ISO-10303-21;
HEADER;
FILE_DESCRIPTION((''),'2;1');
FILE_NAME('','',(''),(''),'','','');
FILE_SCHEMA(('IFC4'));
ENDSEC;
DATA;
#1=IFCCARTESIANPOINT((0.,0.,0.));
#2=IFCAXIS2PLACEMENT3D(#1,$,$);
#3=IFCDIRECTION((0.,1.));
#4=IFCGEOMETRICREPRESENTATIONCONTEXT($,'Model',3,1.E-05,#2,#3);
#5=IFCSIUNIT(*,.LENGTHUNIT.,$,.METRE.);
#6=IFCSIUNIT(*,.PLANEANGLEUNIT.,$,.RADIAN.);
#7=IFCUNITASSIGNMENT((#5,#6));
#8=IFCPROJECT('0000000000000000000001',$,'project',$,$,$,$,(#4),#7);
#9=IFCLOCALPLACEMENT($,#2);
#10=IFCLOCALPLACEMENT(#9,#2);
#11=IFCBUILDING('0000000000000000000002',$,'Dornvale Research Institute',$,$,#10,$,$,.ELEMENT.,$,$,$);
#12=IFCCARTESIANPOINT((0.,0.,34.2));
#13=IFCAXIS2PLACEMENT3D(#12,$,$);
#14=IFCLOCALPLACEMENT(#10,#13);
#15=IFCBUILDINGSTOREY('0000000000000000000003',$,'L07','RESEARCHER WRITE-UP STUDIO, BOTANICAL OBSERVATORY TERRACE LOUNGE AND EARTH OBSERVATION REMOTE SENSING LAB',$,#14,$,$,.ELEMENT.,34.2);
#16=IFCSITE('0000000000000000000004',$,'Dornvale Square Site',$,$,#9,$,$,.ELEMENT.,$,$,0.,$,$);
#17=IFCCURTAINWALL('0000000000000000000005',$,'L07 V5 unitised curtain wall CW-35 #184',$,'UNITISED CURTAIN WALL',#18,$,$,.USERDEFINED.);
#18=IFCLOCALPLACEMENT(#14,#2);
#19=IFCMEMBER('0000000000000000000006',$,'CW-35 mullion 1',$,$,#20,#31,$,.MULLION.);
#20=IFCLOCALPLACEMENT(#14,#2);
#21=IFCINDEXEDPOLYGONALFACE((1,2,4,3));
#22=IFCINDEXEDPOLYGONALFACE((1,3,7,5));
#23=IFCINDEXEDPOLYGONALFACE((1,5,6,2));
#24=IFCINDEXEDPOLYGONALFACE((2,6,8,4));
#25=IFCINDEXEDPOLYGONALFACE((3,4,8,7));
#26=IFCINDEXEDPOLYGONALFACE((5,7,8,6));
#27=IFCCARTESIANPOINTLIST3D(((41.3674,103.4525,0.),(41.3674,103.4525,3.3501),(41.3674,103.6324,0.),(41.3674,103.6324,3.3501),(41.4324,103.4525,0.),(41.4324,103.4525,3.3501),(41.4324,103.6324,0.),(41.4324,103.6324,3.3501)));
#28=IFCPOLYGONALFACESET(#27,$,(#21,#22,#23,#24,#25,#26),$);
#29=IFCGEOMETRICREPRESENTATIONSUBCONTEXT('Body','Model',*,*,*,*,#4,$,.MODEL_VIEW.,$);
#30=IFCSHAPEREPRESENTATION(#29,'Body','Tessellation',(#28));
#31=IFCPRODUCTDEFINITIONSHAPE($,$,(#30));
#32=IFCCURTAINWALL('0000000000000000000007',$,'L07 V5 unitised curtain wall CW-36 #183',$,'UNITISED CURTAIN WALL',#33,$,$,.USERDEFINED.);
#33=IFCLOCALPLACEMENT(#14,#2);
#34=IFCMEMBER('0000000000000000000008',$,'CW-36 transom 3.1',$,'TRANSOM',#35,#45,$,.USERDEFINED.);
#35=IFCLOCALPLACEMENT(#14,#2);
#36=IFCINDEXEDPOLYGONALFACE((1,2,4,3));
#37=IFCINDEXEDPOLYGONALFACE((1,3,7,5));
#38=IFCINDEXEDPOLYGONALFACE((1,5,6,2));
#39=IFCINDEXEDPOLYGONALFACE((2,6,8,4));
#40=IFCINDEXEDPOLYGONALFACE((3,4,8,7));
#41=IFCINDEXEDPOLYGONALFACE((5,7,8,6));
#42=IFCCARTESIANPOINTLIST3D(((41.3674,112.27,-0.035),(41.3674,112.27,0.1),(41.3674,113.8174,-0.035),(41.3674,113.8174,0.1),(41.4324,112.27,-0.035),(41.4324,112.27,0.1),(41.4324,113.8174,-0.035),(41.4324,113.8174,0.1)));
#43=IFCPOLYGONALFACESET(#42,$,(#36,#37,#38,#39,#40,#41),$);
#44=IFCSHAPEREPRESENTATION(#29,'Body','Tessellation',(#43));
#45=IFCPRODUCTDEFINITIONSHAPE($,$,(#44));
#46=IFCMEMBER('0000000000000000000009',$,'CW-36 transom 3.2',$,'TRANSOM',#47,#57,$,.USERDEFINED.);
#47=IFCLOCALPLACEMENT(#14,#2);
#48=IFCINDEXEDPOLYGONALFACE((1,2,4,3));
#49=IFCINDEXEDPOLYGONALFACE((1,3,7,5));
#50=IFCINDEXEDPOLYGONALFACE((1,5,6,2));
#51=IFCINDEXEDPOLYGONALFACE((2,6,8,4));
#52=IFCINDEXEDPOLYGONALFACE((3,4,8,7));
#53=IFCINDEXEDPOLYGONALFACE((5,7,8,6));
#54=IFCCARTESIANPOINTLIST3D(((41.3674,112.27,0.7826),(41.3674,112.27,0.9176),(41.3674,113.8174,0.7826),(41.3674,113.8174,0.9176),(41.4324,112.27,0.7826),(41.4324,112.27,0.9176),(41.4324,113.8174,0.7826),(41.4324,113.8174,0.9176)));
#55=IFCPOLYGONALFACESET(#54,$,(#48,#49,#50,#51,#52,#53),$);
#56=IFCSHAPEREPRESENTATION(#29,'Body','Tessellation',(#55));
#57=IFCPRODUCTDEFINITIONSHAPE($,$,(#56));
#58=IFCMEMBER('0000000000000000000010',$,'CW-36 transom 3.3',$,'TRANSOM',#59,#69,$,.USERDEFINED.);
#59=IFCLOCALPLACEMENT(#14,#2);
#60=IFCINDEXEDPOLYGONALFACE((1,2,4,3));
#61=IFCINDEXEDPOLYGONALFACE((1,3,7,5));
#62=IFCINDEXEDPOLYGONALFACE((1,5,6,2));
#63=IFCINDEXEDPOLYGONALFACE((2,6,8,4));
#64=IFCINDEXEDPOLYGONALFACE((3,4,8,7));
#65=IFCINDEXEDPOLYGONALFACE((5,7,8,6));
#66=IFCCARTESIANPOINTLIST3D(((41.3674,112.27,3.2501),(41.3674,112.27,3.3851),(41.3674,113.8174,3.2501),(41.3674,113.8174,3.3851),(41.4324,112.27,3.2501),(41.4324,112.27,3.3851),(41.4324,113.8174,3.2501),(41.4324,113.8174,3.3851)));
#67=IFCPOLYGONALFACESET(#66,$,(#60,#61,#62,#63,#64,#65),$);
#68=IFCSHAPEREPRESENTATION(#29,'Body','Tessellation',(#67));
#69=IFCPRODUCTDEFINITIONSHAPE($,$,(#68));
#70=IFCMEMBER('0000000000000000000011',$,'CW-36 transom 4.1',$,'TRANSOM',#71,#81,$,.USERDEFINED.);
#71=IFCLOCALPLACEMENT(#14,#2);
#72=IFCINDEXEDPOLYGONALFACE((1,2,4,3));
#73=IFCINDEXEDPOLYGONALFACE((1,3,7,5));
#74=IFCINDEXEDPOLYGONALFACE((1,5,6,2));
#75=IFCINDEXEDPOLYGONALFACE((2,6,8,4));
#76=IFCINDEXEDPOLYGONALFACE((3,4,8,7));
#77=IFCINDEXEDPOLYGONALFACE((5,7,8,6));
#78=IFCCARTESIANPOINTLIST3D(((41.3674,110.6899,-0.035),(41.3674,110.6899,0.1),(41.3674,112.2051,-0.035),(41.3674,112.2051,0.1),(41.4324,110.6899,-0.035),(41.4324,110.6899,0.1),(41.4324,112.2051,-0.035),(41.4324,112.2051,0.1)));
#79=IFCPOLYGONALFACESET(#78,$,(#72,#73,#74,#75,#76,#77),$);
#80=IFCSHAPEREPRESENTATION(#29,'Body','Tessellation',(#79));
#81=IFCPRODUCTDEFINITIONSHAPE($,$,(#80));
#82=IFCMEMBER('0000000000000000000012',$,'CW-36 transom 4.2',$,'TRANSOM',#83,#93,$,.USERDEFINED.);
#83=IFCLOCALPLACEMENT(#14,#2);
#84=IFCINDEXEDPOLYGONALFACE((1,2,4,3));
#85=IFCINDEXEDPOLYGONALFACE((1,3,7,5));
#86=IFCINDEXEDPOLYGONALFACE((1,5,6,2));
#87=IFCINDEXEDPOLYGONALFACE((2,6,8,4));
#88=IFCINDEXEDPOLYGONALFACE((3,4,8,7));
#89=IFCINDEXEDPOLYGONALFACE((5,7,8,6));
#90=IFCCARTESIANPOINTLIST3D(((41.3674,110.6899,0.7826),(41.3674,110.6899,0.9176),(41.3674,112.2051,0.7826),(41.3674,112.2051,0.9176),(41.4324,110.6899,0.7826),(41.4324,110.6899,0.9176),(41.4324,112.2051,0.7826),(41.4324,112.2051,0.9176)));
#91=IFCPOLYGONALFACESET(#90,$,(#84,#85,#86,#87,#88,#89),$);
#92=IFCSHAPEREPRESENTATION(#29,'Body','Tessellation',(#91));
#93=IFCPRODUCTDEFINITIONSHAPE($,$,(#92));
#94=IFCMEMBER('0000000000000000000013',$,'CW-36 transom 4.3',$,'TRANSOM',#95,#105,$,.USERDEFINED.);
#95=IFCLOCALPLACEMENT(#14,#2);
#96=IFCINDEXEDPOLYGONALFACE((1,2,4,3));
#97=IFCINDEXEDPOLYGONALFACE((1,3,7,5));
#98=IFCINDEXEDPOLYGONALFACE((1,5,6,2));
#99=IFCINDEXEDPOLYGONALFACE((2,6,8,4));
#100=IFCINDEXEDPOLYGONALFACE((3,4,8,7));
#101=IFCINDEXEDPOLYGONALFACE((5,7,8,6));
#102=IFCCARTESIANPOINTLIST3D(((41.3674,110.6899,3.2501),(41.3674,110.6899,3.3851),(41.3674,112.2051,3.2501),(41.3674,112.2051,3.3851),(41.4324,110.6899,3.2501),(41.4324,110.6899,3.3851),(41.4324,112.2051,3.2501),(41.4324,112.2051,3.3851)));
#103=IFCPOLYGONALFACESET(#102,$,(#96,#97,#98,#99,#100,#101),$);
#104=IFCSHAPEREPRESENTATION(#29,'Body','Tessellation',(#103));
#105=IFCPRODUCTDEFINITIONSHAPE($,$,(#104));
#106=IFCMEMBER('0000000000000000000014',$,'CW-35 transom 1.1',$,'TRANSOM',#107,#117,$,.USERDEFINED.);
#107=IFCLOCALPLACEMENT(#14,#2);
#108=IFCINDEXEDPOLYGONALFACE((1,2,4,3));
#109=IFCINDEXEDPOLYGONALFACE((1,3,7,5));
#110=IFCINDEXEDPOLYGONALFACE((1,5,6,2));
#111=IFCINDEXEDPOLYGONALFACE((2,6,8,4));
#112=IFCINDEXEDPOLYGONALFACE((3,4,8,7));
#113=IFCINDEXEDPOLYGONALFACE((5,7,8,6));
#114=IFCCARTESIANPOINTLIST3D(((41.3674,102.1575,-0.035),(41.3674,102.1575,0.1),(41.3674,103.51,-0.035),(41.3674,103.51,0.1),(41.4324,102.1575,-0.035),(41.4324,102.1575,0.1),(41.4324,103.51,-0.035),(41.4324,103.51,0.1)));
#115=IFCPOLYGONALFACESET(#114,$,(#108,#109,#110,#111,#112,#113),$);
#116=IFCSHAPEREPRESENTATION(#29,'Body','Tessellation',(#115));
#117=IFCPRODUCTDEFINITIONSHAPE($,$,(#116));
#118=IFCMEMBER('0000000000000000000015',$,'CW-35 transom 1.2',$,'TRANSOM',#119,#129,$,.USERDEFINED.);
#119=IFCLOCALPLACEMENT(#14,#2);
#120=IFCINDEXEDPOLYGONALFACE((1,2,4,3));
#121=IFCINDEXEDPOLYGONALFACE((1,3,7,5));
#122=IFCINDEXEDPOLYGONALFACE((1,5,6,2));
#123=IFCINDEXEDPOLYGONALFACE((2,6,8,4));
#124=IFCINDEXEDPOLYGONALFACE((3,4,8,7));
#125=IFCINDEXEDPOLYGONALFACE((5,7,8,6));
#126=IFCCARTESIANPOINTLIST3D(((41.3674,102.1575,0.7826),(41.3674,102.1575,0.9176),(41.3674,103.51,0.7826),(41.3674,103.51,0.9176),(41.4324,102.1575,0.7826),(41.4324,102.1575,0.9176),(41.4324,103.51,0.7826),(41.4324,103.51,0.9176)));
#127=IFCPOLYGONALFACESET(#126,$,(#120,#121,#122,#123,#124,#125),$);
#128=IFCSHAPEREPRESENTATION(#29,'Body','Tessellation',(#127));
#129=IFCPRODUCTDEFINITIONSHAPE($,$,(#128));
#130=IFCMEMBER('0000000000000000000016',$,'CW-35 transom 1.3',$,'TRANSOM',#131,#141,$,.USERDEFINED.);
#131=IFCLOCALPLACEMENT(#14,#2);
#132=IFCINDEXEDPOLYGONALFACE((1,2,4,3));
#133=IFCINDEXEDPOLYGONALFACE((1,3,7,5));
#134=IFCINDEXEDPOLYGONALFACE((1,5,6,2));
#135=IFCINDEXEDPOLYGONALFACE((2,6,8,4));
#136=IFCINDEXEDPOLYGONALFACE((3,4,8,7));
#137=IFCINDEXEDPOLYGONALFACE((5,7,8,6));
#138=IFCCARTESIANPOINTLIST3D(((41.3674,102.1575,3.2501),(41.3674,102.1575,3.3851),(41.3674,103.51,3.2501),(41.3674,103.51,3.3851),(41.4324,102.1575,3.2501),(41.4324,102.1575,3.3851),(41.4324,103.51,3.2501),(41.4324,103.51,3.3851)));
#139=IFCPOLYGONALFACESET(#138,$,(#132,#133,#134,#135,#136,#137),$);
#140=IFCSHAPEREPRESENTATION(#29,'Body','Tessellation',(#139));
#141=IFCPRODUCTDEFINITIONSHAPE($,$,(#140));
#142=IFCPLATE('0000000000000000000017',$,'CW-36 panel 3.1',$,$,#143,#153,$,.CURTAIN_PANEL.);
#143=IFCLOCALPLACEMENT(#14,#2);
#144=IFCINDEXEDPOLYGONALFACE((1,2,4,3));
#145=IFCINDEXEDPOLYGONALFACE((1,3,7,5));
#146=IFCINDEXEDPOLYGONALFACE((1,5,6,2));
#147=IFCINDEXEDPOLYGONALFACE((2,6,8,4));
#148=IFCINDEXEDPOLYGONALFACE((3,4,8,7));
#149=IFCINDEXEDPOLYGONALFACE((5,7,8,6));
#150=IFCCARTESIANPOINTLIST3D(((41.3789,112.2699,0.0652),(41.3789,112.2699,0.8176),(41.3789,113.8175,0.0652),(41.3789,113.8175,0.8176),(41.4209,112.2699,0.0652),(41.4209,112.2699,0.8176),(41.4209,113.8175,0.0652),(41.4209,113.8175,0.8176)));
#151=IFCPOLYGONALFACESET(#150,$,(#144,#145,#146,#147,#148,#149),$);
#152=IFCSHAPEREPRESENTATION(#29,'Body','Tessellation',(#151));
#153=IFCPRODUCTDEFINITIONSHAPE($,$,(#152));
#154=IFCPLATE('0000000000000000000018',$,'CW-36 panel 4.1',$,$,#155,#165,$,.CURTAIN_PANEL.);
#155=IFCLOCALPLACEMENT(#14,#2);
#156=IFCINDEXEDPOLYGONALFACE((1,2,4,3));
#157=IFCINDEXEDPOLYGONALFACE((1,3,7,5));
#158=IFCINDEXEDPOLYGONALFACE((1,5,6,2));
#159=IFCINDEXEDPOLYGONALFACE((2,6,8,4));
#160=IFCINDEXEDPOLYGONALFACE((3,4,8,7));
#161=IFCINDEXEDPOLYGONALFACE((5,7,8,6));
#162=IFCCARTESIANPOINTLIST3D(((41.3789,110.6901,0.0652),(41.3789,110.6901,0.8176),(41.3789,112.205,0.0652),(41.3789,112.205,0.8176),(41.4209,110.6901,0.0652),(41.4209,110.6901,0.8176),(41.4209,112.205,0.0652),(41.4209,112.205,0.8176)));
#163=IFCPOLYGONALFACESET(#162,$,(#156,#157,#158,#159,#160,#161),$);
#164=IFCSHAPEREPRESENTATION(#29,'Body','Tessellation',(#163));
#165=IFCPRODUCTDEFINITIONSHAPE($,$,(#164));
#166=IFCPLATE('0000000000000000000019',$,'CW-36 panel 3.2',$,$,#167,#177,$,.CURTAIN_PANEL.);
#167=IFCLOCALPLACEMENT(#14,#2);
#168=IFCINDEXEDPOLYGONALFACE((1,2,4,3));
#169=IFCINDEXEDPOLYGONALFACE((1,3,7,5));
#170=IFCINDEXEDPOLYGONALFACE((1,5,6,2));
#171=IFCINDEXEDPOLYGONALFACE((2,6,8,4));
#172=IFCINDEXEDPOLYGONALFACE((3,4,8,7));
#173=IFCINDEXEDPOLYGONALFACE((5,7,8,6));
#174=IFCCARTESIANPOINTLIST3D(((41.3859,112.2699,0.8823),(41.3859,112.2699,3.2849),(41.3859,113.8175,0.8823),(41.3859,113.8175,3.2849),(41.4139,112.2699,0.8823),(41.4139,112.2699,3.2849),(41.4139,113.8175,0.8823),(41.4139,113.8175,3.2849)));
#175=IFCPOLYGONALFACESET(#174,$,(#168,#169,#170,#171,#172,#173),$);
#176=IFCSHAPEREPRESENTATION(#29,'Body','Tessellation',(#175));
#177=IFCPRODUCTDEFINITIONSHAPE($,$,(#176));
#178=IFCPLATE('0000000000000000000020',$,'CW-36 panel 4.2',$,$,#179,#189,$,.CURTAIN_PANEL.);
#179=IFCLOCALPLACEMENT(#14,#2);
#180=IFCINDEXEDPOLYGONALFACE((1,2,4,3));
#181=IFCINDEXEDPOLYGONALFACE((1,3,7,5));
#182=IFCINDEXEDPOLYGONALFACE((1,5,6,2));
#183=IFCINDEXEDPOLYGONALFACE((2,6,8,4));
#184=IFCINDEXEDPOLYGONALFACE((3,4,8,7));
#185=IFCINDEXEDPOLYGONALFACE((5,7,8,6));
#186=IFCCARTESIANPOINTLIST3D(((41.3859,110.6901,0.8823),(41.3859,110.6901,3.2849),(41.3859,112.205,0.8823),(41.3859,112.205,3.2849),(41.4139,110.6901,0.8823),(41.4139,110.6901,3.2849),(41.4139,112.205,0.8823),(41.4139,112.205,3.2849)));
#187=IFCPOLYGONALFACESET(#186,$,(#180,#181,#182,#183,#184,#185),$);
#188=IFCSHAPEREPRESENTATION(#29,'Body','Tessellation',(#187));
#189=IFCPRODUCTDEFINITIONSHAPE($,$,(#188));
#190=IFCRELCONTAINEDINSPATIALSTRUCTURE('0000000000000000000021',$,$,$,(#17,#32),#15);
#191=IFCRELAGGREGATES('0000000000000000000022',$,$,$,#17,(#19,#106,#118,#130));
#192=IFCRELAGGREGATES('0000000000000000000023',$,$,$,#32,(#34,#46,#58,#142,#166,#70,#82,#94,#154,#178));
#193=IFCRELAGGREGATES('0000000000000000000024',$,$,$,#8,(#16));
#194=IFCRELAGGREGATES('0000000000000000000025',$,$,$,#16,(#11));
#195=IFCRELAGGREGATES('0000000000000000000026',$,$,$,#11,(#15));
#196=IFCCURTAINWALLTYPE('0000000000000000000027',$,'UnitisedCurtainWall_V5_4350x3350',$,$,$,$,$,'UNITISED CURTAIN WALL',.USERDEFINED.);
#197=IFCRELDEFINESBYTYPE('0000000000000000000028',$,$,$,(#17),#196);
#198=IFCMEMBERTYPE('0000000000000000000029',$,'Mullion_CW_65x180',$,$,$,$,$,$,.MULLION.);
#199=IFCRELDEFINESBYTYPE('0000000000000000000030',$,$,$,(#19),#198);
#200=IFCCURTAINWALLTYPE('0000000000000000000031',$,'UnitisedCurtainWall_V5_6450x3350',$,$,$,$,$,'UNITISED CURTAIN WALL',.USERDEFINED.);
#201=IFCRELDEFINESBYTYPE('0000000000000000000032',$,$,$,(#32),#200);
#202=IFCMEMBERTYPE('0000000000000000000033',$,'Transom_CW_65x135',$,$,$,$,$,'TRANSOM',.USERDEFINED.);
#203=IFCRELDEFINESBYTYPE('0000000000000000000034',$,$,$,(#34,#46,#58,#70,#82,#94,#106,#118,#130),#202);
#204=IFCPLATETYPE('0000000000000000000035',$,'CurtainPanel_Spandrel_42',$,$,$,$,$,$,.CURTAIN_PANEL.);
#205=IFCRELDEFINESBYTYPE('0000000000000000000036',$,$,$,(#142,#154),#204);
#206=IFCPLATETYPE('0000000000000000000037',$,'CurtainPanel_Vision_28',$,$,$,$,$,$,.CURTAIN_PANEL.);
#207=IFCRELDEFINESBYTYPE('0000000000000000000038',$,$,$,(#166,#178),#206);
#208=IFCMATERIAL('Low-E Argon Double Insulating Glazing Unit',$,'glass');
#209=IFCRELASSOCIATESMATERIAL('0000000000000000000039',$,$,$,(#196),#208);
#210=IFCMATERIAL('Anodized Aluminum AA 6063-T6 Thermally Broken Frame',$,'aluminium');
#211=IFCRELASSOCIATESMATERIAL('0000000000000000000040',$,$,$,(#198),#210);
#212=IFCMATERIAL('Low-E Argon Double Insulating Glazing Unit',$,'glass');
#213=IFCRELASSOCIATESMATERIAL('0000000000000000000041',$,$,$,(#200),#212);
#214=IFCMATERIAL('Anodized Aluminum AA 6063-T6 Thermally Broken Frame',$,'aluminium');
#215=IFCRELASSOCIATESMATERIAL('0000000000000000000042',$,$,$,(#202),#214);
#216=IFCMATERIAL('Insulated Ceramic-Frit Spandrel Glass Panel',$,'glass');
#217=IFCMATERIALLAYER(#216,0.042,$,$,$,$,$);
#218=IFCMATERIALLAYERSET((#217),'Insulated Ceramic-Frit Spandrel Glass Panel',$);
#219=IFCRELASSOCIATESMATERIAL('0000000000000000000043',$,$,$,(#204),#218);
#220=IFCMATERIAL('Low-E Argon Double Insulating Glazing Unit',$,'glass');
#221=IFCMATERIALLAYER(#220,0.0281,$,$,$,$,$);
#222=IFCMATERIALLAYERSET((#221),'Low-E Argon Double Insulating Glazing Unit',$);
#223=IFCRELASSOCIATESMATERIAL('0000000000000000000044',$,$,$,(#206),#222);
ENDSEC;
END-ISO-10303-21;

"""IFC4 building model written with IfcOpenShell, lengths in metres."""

from ifc_helpers import new_model, si_unit, direction, frame, origin, origin_2d, place, context, subcontext, project, spatial, rectangle, extrude, material, layer, layer_set, material_profile, profile_set, type_object, element, aggregate, save


model = new_model("IFC4")

# Units and contexts
model_context = context("Model", 3, precision=1e-05, world=origin(), true_north=direction((0.0, 1.0)))
body_context = subcontext(model_context, "Body", "Model", "MODEL_VIEW")
ifc_project = project(units=[si_unit("LENGTHUNIT", "METRE"), si_unit("PLANEANGLEUNIT", "RADIAN")], contexts=[model_context])

# Site, building, storey
site_placement = place(None, origin())
site = spatial("IfcSite", under=ifc_project, at=site_placement, Name="Dornvale Square Site", CompositionType="ELEMENT", RefElevation=0.0)
building_placement = place(site_placement, origin())
building = spatial("IfcBuilding", under=site, at=building_placement, Name="Dornvale Research Institute", CompositionType="ELEMENT")
storey_placement = place(building_placement, frame((0.0, 0.0, 34.2)))
storey = spatial("IfcBuildingStorey", under=building, at=storey_placement, Name="L07", Description="RESEARCHER WRITE-UP STUDIO, BOTANICAL OBSERVATORY TERRACE LOUNGE AND EARTH OBSERVATION REMOTE SENSING LAB", CompositionType="ELEMENT", Elevation=34.2)

# Curtain wall, member
ifc_material_1 = material(Name="Low-E Argon Double Insulating Glazing Unit", Category="glass")
curtain_wall_type_1 = type_object("IfcCurtainWallType", Name="UnitisedCurtainWall_V5_4350x3350", ElementType="UNITISED CURTAIN WALL", PredefinedType="USERDEFINED", material=ifc_material_1)
curtain_wall_1_placement = place(storey_placement, origin())
curtain_wall_1 = element("IfcCurtainWall", 1, at=curtain_wall_1_placement, inside=storey, type_object=curtain_wall_type_1, Name="L07 V5 unitised curtain wall CW-35 #184", ObjectType="UNITISED CURTAIN WALL", PredefinedType="USERDEFINED")
ifc_material_2 = material(Name="Anodized Aluminum AA 6063-T6 Thermally Broken Frame", Category="aluminium")
ifc_material_profile_1 = material_profile(ifc_material_2, rectangle(XDim=0.0649, YDim=0.1799, at=origin_2d()), Name="ALU MULLION 65x180")
ifc_profile_set_1 = profile_set([ifc_material_profile_1], Name="Anodized Aluminum AA 6063-T6 Thermally Broken Frame")
member_type_1 = type_object("IfcMemberType", Name="Mullion_CW_65x180", PredefinedType="MULLION", material=ifc_profile_set_1)
member_1_placement = place(storey_placement, frame((41.3999, 103.5425, 0.0), z_axis=(0.0, 0.0, 1.0), x_axis=(1.0, 0.0, 0.0)))
member_1 = element("IfcMember", 2, at=member_1_placement, type_object=member_type_1, Name="CW-35 mullion 1", PredefinedType="MULLION", context=body_context, shape_type="SweptSolid", body=[
    extrude(rectangle(XDim=0.0649, YDim=0.1799, at=origin_2d()), origin(), (0.0, 0.0, 1.0), 3.3501),
])

# Curtain wall, members
ifc_material_3 = material(Name="Low-E Argon Double Insulating Glazing Unit", Category="glass")
curtain_wall_type_2 = type_object("IfcCurtainWallType", Name="UnitisedCurtainWall_V5_6450x3350", ElementType="UNITISED CURTAIN WALL", PredefinedType="USERDEFINED", material=ifc_material_3)
curtain_wall_2_placement = place(storey_placement, origin())
curtain_wall_2 = element("IfcCurtainWall", 3, at=curtain_wall_2_placement, inside=storey, type_object=curtain_wall_type_2, Name="L07 V5 unitised curtain wall CW-36 #183", ObjectType="UNITISED CURTAIN WALL", PredefinedType="USERDEFINED")
ifc_material_4 = material(Name="Anodized Aluminum AA 6063-T6 Thermally Broken Frame", Category="aluminium")
ifc_material_profile_2 = material_profile(ifc_material_4, rectangle(XDim=0.0649, YDim=0.135, at=origin_2d()), Name="ALU TRANSOM 65x135")
ifc_profile_set_2 = profile_set([ifc_material_profile_2], Name="Anodized Aluminum AA 6063-T6 Thermally Broken Frame")
member_type_2 = type_object("IfcMemberType", Name="Transom_CW_65x135", ElementType="TRANSOM", PredefinedType="USERDEFINED", material=ifc_profile_set_2)
member_2_placement = place(storey_placement, frame((41.3999, 113.8174, 0.0325), z_axis=(0.0, -1.0, 0.0), x_axis=(1.0, 0.0, 0.0)))
member_2 = element("IfcMember", 4, at=member_2_placement, type_object=member_type_2, Name="CW-36 transom 3.1", ObjectType="TRANSOM", PredefinedType="USERDEFINED", context=body_context, shape_type="SweptSolid", body=[
    extrude(rectangle(XDim=0.0649, YDim=0.135, at=origin_2d()), origin(), (0.0, 0.0, 1.0), 1.5474),
])
member_3_placement = place(storey_placement, frame((41.3999, 113.8174, 0.8501), z_axis=(0.0, -1.0, 0.0), x_axis=(1.0, 0.0, 0.0)))
member_3 = element("IfcMember", 5, at=member_3_placement, type_object=member_type_2, Name="CW-36 transom 3.2", ObjectType="TRANSOM", PredefinedType="USERDEFINED", context=body_context, shape_type="SweptSolid", body=[
    extrude(rectangle(XDim=0.0649, YDim=0.135, at=origin_2d()), origin(), (0.0, 0.0, 1.0), 1.5474),
])
member_4_placement = place(storey_placement, frame((41.3999, 113.8174, 3.3176), z_axis=(0.0, -1.0, 0.0), x_axis=(1.0, 0.0, 0.0)))
member_4 = element("IfcMember", 6, at=member_4_placement, type_object=member_type_2, Name="CW-36 transom 3.3", ObjectType="TRANSOM", PredefinedType="USERDEFINED", context=body_context, shape_type="SweptSolid", body=[
    extrude(rectangle(XDim=0.0649, YDim=0.135, at=origin_2d()), origin(), (0.0, 0.0, 1.0), 1.5474),
])
member_5_placement = place(storey_placement, frame((41.3999, 112.2051, 0.0325), z_axis=(0.0, -1.0, 0.0), x_axis=(1.0, 0.0, 0.0)))
member_5 = element("IfcMember", 7, at=member_5_placement, type_object=member_type_2, Name="CW-36 transom 4.1", ObjectType="TRANSOM", PredefinedType="USERDEFINED", context=body_context, shape_type="SweptSolid", body=[
    extrude(rectangle(XDim=0.0649, YDim=0.135, at=origin_2d()), origin(), (0.0, 0.0, 1.0), 1.5151),
])
member_6_placement = place(storey_placement, frame((41.3999, 112.2051, 0.8501), z_axis=(0.0, -1.0, 0.0), x_axis=(1.0, 0.0, 0.0)))
member_6 = element("IfcMember", 8, at=member_6_placement, type_object=member_type_2, Name="CW-36 transom 4.2", ObjectType="TRANSOM", PredefinedType="USERDEFINED", context=body_context, shape_type="SweptSolid", body=[
    extrude(rectangle(XDim=0.0649, YDim=0.135, at=origin_2d()), origin(), (0.0, 0.0, 1.0), 1.5151),
])
member_7_placement = place(storey_placement, frame((41.3999, 112.2051, 3.3176), z_axis=(0.0, -1.0, 0.0), x_axis=(1.0, 0.0, 0.0)))
member_7 = element("IfcMember", 9, at=member_7_placement, type_object=member_type_2, Name="CW-36 transom 4.3", ObjectType="TRANSOM", PredefinedType="USERDEFINED", context=body_context, shape_type="SweptSolid", body=[
    extrude(rectangle(XDim=0.0649, YDim=0.135, at=origin_2d()), origin(), (0.0, 0.0, 1.0), 1.5151),
])

# Members
member_8_placement = place(storey_placement, frame((41.3999, 103.51, 0.0325), z_axis=(0.0, -1.0, 0.0), x_axis=(1.0, 0.0, 0.0)))
member_8 = element("IfcMember", 10, at=member_8_placement, type_object=member_type_2, Name="CW-35 transom 1.1", ObjectType="TRANSOM", PredefinedType="USERDEFINED", context=body_context, shape_type="SweptSolid", body=[
    extrude(rectangle(XDim=0.0649, YDim=0.135, at=origin_2d()), origin(), (0.0, 0.0, 1.0), 1.3525),
])
member_9_placement = place(storey_placement, frame((41.3999, 103.51, 0.8501), z_axis=(0.0, -1.0, 0.0), x_axis=(1.0, 0.0, 0.0)))
member_9 = element("IfcMember", 11, at=member_9_placement, type_object=member_type_2, Name="CW-35 transom 1.2", ObjectType="TRANSOM", PredefinedType="USERDEFINED", context=body_context, shape_type="SweptSolid", body=[
    extrude(rectangle(XDim=0.0649, YDim=0.135, at=origin_2d()), origin(), (0.0, 0.0, 1.0), 1.3525),
])
member_10_placement = place(storey_placement, frame((41.3999, 103.51, 3.3176), z_axis=(0.0, -1.0, 0.0), x_axis=(1.0, 0.0, 0.0)))
member_10 = element("IfcMember", 12, at=member_10_placement, type_object=member_type_2, Name="CW-35 transom 1.3", ObjectType="TRANSOM", PredefinedType="USERDEFINED", context=body_context, shape_type="SweptSolid", body=[
    extrude(rectangle(XDim=0.0649, YDim=0.135, at=origin_2d()), origin(), (0.0, 0.0, 1.0), 1.3525),
])
aggregate(curtain_wall_1, [member_1, member_8, member_9, member_10])

# Plates
ifc_material_5 = material(Name="Insulated Ceramic-Frit Spandrel Glass Panel", Category="glass")
ifc_layer_1 = layer(ifc_material_5, 0.042)
ifc_layer_set_1 = layer_set([ifc_layer_1], Name="Insulated Ceramic-Frit Spandrel Glass Panel")
plate_type_1 = type_object("IfcPlateType", Name="CurtainPanel_Spandrel_42", PredefinedType="CURTAIN_PANEL", material=ifc_layer_set_1)
plate_1_placement = place(storey_placement, frame((41.3999, 113.0437, 0.0652), z_axis=(0.0, 0.0, 1.0), x_axis=(0.0, -1.0, 0.0)))
plate_1 = element("IfcPlate", 13, at=plate_1_placement, type_object=plate_type_1, Name="CW-36 panel 3.1", PredefinedType="CURTAIN_PANEL", context=body_context, shape_type="SweptSolid", body=[
    extrude(rectangle(XDim=1.5476, YDim=0.042, at=origin_2d()), origin(), (0.0, 0.0, 1.0), 0.7524),
])
plate_2_placement = place(storey_placement, frame((41.3999, 111.4475, 0.0652), z_axis=(0.0, 0.0, 1.0), x_axis=(0.0, -1.0, 0.0)))
plate_2 = element("IfcPlate", 14, at=plate_2_placement, type_object=plate_type_1, Name="CW-36 panel 4.1", PredefinedType="CURTAIN_PANEL", context=body_context, shape_type="SweptSolid", body=[
    extrude(rectangle(XDim=1.5149, YDim=0.042, at=origin_2d()), origin(), (0.0, 0.0, 1.0), 0.7524),
])
ifc_material_6 = material(Name="Low-E Argon Double Insulating Glazing Unit", Category="glass")
ifc_layer_2 = layer(ifc_material_6, 0.0281)
ifc_layer_set_2 = layer_set([ifc_layer_2], Name="Low-E Argon Double Insulating Glazing Unit")
plate_type_2 = type_object("IfcPlateType", Name="CurtainPanel_Vision_28", PredefinedType="CURTAIN_PANEL", material=ifc_layer_set_2)
plate_3_placement = place(storey_placement, frame((41.3999, 113.0437, 0.8823), z_axis=(0.0, 0.0, 1.0), x_axis=(0.0, -1.0, 0.0)))
plate_3 = element("IfcPlate", 15, at=plate_3_placement, type_object=plate_type_2, Name="CW-36 panel 3.2", PredefinedType="CURTAIN_PANEL", context=body_context, shape_type="SweptSolid", body=[
    extrude(rectangle(XDim=1.5476, YDim=0.0281, at=origin_2d()), origin(), (0.0, 0.0, 1.0), 2.4026),
])
plate_4_placement = place(storey_placement, frame((41.3999, 111.4475, 0.8823), z_axis=(0.0, 0.0, 1.0), x_axis=(0.0, -1.0, 0.0)))
plate_4 = element("IfcPlate", 16, at=plate_4_placement, type_object=plate_type_2, Name="CW-36 panel 4.2", PredefinedType="CURTAIN_PANEL", context=body_context, shape_type="SweptSolid", body=[
    extrude(rectangle(XDim=1.5149, YDim=0.0281, at=origin_2d()), origin(), (0.0, 0.0, 1.0), 2.4026),
])
aggregate(curtain_wall_2, [member_2, member_3, member_4, plate_1, plate_3, member_5, member_6, member_7, plate_2, plate_4])

save(model, "model.ifc")
